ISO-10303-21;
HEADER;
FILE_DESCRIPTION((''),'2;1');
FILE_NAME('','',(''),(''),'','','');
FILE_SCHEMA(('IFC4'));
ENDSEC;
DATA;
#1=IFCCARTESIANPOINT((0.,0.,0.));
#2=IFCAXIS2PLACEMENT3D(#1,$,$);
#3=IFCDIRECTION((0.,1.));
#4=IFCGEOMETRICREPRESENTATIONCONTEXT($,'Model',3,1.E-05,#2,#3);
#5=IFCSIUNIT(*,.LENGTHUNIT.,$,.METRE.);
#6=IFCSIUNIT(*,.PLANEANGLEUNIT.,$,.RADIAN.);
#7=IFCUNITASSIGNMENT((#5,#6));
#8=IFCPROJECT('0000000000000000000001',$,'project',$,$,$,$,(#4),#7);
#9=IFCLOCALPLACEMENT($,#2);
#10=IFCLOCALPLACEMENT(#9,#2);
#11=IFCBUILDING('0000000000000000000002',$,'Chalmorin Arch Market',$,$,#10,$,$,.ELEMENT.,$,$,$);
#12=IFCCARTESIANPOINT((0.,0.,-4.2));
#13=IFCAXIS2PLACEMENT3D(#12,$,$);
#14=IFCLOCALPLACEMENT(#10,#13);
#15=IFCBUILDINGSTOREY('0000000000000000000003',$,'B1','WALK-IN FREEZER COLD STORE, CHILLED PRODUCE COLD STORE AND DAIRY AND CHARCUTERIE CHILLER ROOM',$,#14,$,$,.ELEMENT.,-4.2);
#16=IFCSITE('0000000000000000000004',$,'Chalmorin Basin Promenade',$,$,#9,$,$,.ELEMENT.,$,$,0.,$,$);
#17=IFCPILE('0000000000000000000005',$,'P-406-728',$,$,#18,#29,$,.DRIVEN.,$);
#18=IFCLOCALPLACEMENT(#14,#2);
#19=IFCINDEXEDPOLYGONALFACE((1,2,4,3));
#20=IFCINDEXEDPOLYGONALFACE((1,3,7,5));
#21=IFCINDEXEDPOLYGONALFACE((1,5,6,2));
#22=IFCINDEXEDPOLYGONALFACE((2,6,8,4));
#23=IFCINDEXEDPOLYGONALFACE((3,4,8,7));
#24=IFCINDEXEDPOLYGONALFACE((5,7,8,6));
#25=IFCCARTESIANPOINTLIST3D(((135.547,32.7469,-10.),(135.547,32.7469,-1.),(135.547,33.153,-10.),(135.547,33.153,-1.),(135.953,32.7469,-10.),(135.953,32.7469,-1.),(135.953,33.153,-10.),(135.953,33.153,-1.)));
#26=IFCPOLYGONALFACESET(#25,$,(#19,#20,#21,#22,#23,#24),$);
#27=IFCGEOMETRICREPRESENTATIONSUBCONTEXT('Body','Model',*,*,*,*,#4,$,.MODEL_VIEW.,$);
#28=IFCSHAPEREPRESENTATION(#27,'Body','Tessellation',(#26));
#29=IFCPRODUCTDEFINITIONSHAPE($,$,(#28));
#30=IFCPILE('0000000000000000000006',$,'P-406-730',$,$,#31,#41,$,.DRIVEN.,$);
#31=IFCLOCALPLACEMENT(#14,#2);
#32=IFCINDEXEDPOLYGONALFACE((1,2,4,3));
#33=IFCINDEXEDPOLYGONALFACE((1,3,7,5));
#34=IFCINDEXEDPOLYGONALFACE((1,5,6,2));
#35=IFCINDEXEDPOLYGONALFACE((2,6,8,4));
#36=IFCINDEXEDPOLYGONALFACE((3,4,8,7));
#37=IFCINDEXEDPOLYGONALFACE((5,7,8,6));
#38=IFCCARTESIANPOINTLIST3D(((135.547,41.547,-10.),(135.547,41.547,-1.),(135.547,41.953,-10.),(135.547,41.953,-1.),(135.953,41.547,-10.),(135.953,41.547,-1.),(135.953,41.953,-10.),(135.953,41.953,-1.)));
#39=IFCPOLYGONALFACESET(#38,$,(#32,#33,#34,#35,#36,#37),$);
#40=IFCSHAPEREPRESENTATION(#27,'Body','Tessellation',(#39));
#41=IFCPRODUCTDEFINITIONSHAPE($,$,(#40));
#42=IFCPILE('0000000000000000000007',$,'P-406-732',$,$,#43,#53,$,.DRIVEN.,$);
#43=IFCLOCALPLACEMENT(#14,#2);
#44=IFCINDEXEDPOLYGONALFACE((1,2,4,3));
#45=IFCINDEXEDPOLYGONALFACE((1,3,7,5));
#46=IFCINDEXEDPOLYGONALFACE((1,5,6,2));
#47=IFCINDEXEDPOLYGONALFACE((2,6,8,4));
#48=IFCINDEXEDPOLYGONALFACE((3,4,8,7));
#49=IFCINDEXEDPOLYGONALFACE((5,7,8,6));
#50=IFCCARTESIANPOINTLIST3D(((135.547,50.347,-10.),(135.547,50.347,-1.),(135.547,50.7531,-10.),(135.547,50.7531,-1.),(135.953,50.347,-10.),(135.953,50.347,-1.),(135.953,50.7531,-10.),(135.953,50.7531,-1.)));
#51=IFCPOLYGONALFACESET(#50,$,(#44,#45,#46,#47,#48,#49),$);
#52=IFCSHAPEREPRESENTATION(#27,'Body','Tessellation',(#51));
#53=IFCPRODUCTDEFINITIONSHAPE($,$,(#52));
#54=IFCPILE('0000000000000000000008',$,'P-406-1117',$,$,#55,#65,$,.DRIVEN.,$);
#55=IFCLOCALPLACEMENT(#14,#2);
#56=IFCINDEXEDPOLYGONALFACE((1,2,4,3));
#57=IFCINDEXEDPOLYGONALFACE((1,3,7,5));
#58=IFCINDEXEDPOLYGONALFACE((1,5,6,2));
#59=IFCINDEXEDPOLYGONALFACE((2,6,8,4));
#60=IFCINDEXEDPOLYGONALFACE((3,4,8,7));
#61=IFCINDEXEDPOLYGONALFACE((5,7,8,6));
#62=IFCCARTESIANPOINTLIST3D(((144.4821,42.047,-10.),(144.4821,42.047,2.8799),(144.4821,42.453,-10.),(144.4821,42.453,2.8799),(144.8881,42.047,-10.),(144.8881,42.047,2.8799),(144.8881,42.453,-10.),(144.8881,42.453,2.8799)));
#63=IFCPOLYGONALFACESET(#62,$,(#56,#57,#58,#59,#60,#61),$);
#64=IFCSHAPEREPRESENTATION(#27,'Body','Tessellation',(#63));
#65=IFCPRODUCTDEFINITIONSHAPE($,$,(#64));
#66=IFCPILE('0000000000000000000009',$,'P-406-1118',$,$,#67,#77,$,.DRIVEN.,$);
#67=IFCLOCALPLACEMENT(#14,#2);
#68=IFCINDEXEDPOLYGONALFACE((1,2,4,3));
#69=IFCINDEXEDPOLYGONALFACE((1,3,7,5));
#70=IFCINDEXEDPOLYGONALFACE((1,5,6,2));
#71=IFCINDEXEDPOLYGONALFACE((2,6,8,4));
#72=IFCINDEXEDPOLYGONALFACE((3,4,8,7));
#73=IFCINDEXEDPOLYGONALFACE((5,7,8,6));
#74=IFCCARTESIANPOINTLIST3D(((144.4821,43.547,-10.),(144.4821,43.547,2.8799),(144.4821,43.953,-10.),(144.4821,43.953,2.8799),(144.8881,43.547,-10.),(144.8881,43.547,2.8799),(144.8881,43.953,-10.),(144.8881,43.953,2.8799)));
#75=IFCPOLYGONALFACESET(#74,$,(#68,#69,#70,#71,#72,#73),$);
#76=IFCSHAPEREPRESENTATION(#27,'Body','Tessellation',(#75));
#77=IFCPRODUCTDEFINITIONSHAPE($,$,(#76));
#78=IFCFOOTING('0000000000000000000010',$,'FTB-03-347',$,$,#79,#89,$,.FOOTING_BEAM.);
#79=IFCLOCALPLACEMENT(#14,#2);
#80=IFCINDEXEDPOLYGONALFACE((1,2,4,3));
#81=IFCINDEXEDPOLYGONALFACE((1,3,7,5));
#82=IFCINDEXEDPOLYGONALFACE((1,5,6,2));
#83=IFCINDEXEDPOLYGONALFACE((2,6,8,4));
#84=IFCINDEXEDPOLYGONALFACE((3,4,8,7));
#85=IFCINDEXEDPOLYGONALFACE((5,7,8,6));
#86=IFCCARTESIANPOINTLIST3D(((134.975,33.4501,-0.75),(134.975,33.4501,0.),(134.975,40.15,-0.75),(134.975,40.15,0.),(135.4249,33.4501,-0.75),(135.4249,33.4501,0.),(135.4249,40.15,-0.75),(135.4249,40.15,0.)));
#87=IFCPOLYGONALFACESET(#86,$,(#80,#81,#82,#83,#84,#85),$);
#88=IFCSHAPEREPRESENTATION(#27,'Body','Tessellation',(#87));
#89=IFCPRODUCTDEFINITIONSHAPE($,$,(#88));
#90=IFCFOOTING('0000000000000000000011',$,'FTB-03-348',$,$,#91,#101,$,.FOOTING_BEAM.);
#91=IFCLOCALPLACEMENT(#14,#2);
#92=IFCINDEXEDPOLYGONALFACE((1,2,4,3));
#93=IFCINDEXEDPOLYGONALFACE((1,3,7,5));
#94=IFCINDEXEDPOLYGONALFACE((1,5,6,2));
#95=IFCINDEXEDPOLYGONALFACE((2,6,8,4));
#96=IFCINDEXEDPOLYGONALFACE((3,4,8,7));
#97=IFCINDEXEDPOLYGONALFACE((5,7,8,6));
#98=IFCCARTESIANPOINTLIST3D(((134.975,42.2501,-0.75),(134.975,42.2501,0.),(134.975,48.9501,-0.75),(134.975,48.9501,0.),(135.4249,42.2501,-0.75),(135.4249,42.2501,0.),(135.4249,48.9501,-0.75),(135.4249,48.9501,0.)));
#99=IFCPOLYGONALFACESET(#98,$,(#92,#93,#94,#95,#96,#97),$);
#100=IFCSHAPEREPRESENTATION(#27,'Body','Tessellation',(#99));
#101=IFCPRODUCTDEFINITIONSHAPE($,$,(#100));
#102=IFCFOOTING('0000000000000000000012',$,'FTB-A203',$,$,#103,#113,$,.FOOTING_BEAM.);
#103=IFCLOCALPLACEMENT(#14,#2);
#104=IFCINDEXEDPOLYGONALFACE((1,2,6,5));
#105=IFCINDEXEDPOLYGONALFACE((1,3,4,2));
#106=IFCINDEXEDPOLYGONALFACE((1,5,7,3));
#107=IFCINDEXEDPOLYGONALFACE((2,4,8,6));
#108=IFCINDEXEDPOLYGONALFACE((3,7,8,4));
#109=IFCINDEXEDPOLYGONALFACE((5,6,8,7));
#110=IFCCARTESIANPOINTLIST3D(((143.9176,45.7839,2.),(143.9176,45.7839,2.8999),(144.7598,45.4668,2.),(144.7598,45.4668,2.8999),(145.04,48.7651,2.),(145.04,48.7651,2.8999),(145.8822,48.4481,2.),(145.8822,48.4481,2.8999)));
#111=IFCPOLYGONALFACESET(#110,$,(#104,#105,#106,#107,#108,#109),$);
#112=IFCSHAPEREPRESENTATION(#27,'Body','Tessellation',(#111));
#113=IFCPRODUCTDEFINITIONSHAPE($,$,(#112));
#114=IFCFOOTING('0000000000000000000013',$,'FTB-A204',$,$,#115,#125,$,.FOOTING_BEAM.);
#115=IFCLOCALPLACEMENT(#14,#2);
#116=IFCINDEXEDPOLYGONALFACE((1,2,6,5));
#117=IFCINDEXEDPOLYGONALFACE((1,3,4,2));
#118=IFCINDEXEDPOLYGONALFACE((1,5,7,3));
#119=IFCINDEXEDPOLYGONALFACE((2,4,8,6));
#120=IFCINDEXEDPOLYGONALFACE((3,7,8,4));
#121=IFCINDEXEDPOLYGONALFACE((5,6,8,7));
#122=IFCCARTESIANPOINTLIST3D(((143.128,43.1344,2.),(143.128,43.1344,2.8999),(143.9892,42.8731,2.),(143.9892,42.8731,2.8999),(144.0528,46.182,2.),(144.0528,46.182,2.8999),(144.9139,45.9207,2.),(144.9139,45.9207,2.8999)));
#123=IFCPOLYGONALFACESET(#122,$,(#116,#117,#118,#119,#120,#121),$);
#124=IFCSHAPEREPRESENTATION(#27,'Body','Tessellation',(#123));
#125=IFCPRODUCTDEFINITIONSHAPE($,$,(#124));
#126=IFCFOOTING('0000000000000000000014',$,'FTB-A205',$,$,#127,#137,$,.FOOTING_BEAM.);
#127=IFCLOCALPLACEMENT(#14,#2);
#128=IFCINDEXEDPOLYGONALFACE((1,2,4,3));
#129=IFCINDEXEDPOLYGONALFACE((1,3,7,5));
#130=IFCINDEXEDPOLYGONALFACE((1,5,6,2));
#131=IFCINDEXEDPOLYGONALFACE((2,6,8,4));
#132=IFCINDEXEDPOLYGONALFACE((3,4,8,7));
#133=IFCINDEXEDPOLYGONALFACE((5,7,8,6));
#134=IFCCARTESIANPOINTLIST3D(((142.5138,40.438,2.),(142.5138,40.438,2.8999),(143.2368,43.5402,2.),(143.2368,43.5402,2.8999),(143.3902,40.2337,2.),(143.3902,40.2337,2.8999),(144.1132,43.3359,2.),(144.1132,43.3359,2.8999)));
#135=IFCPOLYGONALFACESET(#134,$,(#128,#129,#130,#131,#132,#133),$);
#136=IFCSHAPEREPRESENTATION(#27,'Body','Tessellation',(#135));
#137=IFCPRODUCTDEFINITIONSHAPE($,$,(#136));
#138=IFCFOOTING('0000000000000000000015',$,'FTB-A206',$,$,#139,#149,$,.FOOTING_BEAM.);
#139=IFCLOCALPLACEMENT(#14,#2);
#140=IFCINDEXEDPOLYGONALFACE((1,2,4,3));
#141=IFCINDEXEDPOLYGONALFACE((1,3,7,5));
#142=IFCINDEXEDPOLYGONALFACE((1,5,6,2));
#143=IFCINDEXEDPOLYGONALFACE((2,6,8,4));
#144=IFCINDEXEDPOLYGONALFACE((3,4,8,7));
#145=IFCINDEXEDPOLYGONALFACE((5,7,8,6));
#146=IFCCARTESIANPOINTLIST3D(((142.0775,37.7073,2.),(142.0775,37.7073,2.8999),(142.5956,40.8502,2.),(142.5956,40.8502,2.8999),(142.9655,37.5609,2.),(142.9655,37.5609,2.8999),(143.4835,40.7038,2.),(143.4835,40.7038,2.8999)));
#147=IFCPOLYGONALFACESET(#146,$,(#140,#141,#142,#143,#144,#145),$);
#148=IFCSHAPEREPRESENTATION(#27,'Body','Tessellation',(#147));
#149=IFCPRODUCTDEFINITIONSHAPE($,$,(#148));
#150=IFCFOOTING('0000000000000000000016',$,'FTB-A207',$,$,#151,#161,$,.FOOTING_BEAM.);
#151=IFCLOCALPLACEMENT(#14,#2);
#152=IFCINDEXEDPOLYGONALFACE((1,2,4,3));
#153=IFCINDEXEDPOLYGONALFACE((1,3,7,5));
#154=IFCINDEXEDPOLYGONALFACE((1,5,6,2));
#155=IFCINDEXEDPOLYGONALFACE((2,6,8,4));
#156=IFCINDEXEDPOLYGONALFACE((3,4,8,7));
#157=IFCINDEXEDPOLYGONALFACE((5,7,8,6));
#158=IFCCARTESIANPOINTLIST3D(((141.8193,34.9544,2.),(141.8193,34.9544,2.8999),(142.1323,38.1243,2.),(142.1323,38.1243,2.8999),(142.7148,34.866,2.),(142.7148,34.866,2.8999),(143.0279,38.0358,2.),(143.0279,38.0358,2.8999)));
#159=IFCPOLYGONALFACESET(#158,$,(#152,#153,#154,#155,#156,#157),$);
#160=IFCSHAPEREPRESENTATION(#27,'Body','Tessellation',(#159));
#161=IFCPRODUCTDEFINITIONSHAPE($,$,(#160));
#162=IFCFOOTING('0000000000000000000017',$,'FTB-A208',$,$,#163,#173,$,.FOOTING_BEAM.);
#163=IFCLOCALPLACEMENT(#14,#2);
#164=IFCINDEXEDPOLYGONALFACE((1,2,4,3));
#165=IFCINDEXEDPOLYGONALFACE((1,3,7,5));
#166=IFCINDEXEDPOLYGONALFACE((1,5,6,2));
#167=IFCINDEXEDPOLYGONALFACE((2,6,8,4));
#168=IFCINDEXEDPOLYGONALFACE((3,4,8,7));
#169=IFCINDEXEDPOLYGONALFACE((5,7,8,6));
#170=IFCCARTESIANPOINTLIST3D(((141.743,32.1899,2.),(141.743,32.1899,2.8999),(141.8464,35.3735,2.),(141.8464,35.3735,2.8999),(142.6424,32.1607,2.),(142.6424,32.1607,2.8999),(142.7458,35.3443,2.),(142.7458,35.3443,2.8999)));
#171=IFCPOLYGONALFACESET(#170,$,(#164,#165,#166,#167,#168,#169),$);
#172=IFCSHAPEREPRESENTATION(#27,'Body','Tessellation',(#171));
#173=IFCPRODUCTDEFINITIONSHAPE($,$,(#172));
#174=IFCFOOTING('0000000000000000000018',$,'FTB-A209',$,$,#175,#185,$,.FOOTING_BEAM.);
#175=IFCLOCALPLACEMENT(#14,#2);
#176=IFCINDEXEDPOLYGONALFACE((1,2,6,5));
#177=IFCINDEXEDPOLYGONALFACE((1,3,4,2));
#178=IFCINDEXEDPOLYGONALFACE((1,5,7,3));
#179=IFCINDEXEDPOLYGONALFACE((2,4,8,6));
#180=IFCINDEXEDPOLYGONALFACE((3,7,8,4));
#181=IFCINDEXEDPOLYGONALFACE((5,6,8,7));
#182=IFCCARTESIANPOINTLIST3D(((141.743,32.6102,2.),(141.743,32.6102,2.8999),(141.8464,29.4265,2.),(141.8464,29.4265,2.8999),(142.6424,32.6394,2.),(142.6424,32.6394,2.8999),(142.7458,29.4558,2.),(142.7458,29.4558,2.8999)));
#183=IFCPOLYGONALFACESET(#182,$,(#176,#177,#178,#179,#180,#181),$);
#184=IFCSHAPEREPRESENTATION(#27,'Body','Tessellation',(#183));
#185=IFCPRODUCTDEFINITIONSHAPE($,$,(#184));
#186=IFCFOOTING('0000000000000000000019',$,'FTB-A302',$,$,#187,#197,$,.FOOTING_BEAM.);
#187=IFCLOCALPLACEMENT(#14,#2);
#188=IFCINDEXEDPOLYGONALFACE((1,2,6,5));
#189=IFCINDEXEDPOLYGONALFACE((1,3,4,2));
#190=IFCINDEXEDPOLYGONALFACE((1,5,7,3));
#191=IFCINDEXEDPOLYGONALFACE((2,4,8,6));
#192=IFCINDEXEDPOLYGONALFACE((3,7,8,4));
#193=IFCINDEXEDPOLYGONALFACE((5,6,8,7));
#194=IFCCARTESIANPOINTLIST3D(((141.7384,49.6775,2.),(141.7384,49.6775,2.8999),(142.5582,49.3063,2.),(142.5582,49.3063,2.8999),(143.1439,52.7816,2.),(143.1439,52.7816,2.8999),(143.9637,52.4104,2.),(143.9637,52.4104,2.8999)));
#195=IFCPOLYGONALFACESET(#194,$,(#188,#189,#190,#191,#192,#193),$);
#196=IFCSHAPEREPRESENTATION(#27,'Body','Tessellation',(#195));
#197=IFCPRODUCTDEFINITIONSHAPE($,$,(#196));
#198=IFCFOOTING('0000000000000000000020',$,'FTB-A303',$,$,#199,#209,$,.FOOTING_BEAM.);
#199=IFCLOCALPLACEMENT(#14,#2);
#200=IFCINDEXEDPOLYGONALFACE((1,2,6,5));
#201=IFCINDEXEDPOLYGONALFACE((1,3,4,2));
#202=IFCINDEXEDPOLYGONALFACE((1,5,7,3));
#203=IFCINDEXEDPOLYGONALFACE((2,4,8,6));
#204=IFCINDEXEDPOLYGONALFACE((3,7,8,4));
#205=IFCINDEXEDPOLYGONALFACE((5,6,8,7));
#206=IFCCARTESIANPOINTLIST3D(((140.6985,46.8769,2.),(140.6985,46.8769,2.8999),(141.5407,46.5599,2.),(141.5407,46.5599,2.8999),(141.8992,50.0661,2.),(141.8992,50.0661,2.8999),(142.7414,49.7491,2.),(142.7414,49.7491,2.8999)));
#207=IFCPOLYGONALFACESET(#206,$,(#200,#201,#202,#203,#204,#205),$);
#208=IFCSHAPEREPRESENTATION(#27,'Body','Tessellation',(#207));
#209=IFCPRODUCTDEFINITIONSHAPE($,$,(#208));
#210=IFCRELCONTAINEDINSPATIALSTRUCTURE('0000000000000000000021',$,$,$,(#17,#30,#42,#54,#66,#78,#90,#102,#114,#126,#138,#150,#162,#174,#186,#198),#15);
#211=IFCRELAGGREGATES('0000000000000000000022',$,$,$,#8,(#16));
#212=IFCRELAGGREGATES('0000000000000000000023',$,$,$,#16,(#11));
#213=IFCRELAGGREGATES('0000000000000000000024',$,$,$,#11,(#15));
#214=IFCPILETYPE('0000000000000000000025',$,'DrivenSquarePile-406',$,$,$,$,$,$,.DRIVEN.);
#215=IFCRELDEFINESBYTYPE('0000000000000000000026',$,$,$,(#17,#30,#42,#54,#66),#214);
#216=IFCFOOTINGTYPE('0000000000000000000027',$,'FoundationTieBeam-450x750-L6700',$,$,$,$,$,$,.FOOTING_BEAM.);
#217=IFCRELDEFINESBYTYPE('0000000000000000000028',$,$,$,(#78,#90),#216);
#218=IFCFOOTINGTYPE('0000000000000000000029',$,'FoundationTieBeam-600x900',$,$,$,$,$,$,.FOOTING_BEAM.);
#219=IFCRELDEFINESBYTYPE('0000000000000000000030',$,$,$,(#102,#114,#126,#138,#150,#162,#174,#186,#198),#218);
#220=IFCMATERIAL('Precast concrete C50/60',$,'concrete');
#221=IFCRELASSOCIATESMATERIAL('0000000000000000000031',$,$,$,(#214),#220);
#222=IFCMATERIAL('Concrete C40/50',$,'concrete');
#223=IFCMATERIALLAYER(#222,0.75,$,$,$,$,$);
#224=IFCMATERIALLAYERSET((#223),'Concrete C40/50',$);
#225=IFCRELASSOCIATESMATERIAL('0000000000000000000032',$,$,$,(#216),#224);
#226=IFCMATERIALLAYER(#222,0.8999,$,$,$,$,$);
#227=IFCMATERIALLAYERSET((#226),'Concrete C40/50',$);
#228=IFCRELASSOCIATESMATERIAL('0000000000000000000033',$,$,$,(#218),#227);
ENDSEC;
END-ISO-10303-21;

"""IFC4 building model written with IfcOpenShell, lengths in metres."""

from ifc_helpers import new_model, si_unit, direction, frame, origin, origin_2d, place, context, subcontext, project, spatial, rectangle, extrude, material, layer, layer_set, material_profile, profile_set, type_object, element, save


model = new_model("IFC4")

# Units and contexts
model_context = context("Model", 3, precision=1e-05, world=origin(), true_north=direction((0.0, 1.0)))
body_context = subcontext(model_context, "Body", "Model", "MODEL_VIEW")
ifc_project = project(units=[si_unit("LENGTHUNIT", "METRE"), si_unit("PLANEANGLEUNIT", "RADIAN")], contexts=[model_context])

# Site, building, storey
site_placement = place(None, origin())
site = spatial("IfcSite", under=ifc_project, at=site_placement, Name="Chalmorin Basin Promenade", CompositionType="ELEMENT", RefElevation=0.0)
building_placement = place(site_placement, origin())
building = spatial("IfcBuilding", under=site, at=building_placement, Name="Chalmorin Arch Market", CompositionType="ELEMENT")
storey_placement = place(building_placement, frame((0.0, 0.0, -4.2)))
storey = spatial("IfcBuildingStorey", under=building, at=storey_placement, Name="B1", Description="WALK-IN FREEZER COLD STORE, CHILLED PRODUCE COLD STORE AND DAIRY AND CHARCUTERIE CHILLER ROOM", CompositionType="ELEMENT", Elevation=-4.2)

# Piles
ifc_material_1 = material(Name="Precast concrete C50/60", Category="concrete")
ifc_material_profile_1 = material_profile(ifc_material_1, rectangle(XDim=0.406, YDim=0.406, at=origin_2d()), Name="PPC406")
ifc_profile_set_1 = profile_set([ifc_material_profile_1], Name="Precast concrete C50/60")
pile_type = type_object("IfcPileType", Name="DrivenSquarePile-406", PredefinedType="DRIVEN", material=ifc_profile_set_1)
for number, where, z_axis, x_axis, name in (
    (1, (135.75, 32.95, -1.0), (0.0, 0.0, -1.0), (1.0, 0.0, 0.0), "P-406-728"),
    (2, (135.75, 41.75, -1.0), (0.0, 0.0, -1.0), (1.0, 0.0, 0.0), "P-406-730"),
    (3, (135.75, 50.55, -1.0), (0.0, 0.0, -1.0), (1.0, 0.0, 0.0), "P-406-732"),
):
    element("IfcPile", number, at=place(storey_placement, frame(where, z_axis=z_axis, x_axis=x_axis)), inside=storey, type_object=pile_type, Name=name, PredefinedType="DRIVEN", context=body_context, shape_type="SweptSolid", body=[
        extrude(rectangle(XDim=0.406, YDim=0.406, at=origin_2d()), origin(), (0.0, 0.0, 1.0), 9.0),
    ])
for number, where, z_axis, x_axis, name in (
    (4, (144.6851, 42.25, 2.8799), (0.0, 0.0, -1.0), (1.0, 0.0, 0.0), "P-406-1117"),
    (5, (144.6851, 43.75, 2.8799), (0.0, 0.0, -1.0), (1.0, 0.0, 0.0), "P-406-1118"),
):
    element("IfcPile", number, at=place(storey_placement, frame(where, z_axis=z_axis, x_axis=x_axis)), inside=storey, type_object=pile_type, Name=name, PredefinedType="DRIVEN", context=body_context, shape_type="SweptSolid", body=[
        extrude(rectangle(XDim=0.406, YDim=0.406, at=origin_2d()), origin(), (0.0, 0.0, 1.0), 12.8799),
    ])

# Footings
ifc_material_2 = material(Name="Concrete C40/50", Category="concrete")
ifc_layer_1 = layer(ifc_material_2, 0.75)
ifc_layer_set_1 = layer_set([ifc_layer_1], Name="Concrete C40/50")
footing_type_1 = type_object("IfcFootingType", Name="FoundationTieBeam-450x750-L6700", PredefinedType="FOOTING_BEAM", material=ifc_layer_set_1)
for number, where, z_axis, x_axis, name in (
    (6, (135.2, 36.8, -0.75), (0.0, 0.0, 1.0), (0.0, 1.0, 0.0), "FTB-03-347"),
    (7, (135.2, 45.6001, -0.75), (0.0, 0.0, 1.0), (0.0, 1.0, 0.0), "FTB-03-348"),
):
    element("IfcFooting", number, at=place(storey_placement, frame(where, z_axis=z_axis, x_axis=x_axis)), inside=storey, type_object=footing_type_1, Name=name, PredefinedType="FOOTING_BEAM", context=body_context, shape_type="SweptSolid", body=[
        extrude(rectangle(XDim=6.7, YDim=0.45, at=origin_2d()), origin(), (0.0, 0.0, 1.0), 0.75),
    ])
ifc_layer_2 = layer(ifc_material_2, 0.8999)
ifc_layer_set_2 = layer_set([ifc_layer_2], Name="Concrete C40/50")
footing_type_2 = type_object("IfcFootingType", Name="FoundationTieBeam-600x900", PredefinedType="FOOTING_BEAM", material=ifc_layer_set_2)
footing_1_placement = place(storey_placement, frame((144.8999, 47.116, 2.0), z_axis=(0.0, 0.0, 1.0), x_axis=(-0.352332, -0.935875, 0.0)))
element("IfcFooting", 8, at=footing_1_placement, inside=storey, type_object=footing_type_2, Name="FTB-A203", PredefinedType="FOOTING_BEAM", context=body_context, shape_type="SweptSolid", body=[
    extrude(rectangle(XDim=3.1855, YDim=0.8999, at=origin_2d()), origin(), (0.0, 0.0, 1.0), 0.8999),
])
footing_2_placement = place(storey_placement, frame((144.021, 44.5276, 2.0), z_axis=(0.0, 0.0, 1.0), x_axis=(-0.290368, -0.956915, 0.0)))
element("IfcFooting", 9, at=footing_2_placement, inside=storey, type_object=footing_type_2, Name="FTB-A204", PredefinedType="FOOTING_BEAM", context=body_context, shape_type="SweptSolid", body=[
    extrude(rectangle(XDim=3.1848, YDim=0.8999, at=origin_2d()), origin(), (0.0, 0.0, 1.0), 0.8999),
])
for number, where, z_axis, x_axis, name in (
    (10, (143.3135, 41.887, 2.0), (0.0, 0.0, 1.0), (-0.226991, -0.973897, 0.0), "FTB-A205"),
    (11, (142.7805, 39.2056, 2.0), (0.0, 0.0, 1.0), (-0.162637, -0.986686, 0.0), "FTB-A206"),
    (12, (142.4236, 36.4951, 2.0), (0.0, 0.0, 1.0), (-0.098278, -0.995159, 0.0), "FTB-A207"),
    (13, (142.2444, 33.7671, 2.0), (0.0, 0.0, 1.0), (-0.032457, -0.999473, 0.0), "FTB-A208"),
    (14, (142.2444, 31.033, 2.0), (0.0, 0.0, 1.0), (0.032457, -0.999473, 0.0), "FTB-A209"),
):
    element("IfcFooting", number, at=place(storey_placement, frame(where, z_axis=z_axis, x_axis=x_axis)), inside=storey, type_object=footing_type_2, Name=name, PredefinedType="FOOTING_BEAM", context=body_context, shape_type="SweptSolid", body=[
        extrude(rectangle(XDim=3.1853, YDim=0.8999, at=origin_2d()), origin(), (0.0, 0.0, 1.0), 0.8999),
    ])
footing_3_placement = place(storey_placement, frame((142.8511, 51.0439, 2.0), z_axis=(0.0, 0.0, 1.0), x_axis=(-0.412469, -0.910972, 0.0)))
element("IfcFooting", 15, at=footing_3_placement, inside=storey, type_object=footing_type_2, Name="FTB-A302", PredefinedType="FOOTING_BEAM", context=body_context, shape_type="SweptSolid", body=[
    extrude(rectangle(XDim=3.4075, YDim=0.8999, at=origin_2d()), origin(), (0.0, 0.0, 1.0), 0.8999),
])
footing_4_placement = place(storey_placement, frame((141.72, 48.313, 2.0), z_axis=(0.0, 0.0, 1.0), x_axis=(-0.352332, -0.935875, 0.0)))
element("IfcFooting", 16, at=footing_4_placement, inside=storey, type_object=footing_type_2, Name="FTB-A303", PredefinedType="FOOTING_BEAM", context=body_context, shape_type="SweptSolid", body=[
    extrude(rectangle(XDim=3.4077, YDim=0.8999, at=origin_2d()), origin(), (0.0, 0.0, 1.0), 0.8999),
])

save(model, "model.ifc")
